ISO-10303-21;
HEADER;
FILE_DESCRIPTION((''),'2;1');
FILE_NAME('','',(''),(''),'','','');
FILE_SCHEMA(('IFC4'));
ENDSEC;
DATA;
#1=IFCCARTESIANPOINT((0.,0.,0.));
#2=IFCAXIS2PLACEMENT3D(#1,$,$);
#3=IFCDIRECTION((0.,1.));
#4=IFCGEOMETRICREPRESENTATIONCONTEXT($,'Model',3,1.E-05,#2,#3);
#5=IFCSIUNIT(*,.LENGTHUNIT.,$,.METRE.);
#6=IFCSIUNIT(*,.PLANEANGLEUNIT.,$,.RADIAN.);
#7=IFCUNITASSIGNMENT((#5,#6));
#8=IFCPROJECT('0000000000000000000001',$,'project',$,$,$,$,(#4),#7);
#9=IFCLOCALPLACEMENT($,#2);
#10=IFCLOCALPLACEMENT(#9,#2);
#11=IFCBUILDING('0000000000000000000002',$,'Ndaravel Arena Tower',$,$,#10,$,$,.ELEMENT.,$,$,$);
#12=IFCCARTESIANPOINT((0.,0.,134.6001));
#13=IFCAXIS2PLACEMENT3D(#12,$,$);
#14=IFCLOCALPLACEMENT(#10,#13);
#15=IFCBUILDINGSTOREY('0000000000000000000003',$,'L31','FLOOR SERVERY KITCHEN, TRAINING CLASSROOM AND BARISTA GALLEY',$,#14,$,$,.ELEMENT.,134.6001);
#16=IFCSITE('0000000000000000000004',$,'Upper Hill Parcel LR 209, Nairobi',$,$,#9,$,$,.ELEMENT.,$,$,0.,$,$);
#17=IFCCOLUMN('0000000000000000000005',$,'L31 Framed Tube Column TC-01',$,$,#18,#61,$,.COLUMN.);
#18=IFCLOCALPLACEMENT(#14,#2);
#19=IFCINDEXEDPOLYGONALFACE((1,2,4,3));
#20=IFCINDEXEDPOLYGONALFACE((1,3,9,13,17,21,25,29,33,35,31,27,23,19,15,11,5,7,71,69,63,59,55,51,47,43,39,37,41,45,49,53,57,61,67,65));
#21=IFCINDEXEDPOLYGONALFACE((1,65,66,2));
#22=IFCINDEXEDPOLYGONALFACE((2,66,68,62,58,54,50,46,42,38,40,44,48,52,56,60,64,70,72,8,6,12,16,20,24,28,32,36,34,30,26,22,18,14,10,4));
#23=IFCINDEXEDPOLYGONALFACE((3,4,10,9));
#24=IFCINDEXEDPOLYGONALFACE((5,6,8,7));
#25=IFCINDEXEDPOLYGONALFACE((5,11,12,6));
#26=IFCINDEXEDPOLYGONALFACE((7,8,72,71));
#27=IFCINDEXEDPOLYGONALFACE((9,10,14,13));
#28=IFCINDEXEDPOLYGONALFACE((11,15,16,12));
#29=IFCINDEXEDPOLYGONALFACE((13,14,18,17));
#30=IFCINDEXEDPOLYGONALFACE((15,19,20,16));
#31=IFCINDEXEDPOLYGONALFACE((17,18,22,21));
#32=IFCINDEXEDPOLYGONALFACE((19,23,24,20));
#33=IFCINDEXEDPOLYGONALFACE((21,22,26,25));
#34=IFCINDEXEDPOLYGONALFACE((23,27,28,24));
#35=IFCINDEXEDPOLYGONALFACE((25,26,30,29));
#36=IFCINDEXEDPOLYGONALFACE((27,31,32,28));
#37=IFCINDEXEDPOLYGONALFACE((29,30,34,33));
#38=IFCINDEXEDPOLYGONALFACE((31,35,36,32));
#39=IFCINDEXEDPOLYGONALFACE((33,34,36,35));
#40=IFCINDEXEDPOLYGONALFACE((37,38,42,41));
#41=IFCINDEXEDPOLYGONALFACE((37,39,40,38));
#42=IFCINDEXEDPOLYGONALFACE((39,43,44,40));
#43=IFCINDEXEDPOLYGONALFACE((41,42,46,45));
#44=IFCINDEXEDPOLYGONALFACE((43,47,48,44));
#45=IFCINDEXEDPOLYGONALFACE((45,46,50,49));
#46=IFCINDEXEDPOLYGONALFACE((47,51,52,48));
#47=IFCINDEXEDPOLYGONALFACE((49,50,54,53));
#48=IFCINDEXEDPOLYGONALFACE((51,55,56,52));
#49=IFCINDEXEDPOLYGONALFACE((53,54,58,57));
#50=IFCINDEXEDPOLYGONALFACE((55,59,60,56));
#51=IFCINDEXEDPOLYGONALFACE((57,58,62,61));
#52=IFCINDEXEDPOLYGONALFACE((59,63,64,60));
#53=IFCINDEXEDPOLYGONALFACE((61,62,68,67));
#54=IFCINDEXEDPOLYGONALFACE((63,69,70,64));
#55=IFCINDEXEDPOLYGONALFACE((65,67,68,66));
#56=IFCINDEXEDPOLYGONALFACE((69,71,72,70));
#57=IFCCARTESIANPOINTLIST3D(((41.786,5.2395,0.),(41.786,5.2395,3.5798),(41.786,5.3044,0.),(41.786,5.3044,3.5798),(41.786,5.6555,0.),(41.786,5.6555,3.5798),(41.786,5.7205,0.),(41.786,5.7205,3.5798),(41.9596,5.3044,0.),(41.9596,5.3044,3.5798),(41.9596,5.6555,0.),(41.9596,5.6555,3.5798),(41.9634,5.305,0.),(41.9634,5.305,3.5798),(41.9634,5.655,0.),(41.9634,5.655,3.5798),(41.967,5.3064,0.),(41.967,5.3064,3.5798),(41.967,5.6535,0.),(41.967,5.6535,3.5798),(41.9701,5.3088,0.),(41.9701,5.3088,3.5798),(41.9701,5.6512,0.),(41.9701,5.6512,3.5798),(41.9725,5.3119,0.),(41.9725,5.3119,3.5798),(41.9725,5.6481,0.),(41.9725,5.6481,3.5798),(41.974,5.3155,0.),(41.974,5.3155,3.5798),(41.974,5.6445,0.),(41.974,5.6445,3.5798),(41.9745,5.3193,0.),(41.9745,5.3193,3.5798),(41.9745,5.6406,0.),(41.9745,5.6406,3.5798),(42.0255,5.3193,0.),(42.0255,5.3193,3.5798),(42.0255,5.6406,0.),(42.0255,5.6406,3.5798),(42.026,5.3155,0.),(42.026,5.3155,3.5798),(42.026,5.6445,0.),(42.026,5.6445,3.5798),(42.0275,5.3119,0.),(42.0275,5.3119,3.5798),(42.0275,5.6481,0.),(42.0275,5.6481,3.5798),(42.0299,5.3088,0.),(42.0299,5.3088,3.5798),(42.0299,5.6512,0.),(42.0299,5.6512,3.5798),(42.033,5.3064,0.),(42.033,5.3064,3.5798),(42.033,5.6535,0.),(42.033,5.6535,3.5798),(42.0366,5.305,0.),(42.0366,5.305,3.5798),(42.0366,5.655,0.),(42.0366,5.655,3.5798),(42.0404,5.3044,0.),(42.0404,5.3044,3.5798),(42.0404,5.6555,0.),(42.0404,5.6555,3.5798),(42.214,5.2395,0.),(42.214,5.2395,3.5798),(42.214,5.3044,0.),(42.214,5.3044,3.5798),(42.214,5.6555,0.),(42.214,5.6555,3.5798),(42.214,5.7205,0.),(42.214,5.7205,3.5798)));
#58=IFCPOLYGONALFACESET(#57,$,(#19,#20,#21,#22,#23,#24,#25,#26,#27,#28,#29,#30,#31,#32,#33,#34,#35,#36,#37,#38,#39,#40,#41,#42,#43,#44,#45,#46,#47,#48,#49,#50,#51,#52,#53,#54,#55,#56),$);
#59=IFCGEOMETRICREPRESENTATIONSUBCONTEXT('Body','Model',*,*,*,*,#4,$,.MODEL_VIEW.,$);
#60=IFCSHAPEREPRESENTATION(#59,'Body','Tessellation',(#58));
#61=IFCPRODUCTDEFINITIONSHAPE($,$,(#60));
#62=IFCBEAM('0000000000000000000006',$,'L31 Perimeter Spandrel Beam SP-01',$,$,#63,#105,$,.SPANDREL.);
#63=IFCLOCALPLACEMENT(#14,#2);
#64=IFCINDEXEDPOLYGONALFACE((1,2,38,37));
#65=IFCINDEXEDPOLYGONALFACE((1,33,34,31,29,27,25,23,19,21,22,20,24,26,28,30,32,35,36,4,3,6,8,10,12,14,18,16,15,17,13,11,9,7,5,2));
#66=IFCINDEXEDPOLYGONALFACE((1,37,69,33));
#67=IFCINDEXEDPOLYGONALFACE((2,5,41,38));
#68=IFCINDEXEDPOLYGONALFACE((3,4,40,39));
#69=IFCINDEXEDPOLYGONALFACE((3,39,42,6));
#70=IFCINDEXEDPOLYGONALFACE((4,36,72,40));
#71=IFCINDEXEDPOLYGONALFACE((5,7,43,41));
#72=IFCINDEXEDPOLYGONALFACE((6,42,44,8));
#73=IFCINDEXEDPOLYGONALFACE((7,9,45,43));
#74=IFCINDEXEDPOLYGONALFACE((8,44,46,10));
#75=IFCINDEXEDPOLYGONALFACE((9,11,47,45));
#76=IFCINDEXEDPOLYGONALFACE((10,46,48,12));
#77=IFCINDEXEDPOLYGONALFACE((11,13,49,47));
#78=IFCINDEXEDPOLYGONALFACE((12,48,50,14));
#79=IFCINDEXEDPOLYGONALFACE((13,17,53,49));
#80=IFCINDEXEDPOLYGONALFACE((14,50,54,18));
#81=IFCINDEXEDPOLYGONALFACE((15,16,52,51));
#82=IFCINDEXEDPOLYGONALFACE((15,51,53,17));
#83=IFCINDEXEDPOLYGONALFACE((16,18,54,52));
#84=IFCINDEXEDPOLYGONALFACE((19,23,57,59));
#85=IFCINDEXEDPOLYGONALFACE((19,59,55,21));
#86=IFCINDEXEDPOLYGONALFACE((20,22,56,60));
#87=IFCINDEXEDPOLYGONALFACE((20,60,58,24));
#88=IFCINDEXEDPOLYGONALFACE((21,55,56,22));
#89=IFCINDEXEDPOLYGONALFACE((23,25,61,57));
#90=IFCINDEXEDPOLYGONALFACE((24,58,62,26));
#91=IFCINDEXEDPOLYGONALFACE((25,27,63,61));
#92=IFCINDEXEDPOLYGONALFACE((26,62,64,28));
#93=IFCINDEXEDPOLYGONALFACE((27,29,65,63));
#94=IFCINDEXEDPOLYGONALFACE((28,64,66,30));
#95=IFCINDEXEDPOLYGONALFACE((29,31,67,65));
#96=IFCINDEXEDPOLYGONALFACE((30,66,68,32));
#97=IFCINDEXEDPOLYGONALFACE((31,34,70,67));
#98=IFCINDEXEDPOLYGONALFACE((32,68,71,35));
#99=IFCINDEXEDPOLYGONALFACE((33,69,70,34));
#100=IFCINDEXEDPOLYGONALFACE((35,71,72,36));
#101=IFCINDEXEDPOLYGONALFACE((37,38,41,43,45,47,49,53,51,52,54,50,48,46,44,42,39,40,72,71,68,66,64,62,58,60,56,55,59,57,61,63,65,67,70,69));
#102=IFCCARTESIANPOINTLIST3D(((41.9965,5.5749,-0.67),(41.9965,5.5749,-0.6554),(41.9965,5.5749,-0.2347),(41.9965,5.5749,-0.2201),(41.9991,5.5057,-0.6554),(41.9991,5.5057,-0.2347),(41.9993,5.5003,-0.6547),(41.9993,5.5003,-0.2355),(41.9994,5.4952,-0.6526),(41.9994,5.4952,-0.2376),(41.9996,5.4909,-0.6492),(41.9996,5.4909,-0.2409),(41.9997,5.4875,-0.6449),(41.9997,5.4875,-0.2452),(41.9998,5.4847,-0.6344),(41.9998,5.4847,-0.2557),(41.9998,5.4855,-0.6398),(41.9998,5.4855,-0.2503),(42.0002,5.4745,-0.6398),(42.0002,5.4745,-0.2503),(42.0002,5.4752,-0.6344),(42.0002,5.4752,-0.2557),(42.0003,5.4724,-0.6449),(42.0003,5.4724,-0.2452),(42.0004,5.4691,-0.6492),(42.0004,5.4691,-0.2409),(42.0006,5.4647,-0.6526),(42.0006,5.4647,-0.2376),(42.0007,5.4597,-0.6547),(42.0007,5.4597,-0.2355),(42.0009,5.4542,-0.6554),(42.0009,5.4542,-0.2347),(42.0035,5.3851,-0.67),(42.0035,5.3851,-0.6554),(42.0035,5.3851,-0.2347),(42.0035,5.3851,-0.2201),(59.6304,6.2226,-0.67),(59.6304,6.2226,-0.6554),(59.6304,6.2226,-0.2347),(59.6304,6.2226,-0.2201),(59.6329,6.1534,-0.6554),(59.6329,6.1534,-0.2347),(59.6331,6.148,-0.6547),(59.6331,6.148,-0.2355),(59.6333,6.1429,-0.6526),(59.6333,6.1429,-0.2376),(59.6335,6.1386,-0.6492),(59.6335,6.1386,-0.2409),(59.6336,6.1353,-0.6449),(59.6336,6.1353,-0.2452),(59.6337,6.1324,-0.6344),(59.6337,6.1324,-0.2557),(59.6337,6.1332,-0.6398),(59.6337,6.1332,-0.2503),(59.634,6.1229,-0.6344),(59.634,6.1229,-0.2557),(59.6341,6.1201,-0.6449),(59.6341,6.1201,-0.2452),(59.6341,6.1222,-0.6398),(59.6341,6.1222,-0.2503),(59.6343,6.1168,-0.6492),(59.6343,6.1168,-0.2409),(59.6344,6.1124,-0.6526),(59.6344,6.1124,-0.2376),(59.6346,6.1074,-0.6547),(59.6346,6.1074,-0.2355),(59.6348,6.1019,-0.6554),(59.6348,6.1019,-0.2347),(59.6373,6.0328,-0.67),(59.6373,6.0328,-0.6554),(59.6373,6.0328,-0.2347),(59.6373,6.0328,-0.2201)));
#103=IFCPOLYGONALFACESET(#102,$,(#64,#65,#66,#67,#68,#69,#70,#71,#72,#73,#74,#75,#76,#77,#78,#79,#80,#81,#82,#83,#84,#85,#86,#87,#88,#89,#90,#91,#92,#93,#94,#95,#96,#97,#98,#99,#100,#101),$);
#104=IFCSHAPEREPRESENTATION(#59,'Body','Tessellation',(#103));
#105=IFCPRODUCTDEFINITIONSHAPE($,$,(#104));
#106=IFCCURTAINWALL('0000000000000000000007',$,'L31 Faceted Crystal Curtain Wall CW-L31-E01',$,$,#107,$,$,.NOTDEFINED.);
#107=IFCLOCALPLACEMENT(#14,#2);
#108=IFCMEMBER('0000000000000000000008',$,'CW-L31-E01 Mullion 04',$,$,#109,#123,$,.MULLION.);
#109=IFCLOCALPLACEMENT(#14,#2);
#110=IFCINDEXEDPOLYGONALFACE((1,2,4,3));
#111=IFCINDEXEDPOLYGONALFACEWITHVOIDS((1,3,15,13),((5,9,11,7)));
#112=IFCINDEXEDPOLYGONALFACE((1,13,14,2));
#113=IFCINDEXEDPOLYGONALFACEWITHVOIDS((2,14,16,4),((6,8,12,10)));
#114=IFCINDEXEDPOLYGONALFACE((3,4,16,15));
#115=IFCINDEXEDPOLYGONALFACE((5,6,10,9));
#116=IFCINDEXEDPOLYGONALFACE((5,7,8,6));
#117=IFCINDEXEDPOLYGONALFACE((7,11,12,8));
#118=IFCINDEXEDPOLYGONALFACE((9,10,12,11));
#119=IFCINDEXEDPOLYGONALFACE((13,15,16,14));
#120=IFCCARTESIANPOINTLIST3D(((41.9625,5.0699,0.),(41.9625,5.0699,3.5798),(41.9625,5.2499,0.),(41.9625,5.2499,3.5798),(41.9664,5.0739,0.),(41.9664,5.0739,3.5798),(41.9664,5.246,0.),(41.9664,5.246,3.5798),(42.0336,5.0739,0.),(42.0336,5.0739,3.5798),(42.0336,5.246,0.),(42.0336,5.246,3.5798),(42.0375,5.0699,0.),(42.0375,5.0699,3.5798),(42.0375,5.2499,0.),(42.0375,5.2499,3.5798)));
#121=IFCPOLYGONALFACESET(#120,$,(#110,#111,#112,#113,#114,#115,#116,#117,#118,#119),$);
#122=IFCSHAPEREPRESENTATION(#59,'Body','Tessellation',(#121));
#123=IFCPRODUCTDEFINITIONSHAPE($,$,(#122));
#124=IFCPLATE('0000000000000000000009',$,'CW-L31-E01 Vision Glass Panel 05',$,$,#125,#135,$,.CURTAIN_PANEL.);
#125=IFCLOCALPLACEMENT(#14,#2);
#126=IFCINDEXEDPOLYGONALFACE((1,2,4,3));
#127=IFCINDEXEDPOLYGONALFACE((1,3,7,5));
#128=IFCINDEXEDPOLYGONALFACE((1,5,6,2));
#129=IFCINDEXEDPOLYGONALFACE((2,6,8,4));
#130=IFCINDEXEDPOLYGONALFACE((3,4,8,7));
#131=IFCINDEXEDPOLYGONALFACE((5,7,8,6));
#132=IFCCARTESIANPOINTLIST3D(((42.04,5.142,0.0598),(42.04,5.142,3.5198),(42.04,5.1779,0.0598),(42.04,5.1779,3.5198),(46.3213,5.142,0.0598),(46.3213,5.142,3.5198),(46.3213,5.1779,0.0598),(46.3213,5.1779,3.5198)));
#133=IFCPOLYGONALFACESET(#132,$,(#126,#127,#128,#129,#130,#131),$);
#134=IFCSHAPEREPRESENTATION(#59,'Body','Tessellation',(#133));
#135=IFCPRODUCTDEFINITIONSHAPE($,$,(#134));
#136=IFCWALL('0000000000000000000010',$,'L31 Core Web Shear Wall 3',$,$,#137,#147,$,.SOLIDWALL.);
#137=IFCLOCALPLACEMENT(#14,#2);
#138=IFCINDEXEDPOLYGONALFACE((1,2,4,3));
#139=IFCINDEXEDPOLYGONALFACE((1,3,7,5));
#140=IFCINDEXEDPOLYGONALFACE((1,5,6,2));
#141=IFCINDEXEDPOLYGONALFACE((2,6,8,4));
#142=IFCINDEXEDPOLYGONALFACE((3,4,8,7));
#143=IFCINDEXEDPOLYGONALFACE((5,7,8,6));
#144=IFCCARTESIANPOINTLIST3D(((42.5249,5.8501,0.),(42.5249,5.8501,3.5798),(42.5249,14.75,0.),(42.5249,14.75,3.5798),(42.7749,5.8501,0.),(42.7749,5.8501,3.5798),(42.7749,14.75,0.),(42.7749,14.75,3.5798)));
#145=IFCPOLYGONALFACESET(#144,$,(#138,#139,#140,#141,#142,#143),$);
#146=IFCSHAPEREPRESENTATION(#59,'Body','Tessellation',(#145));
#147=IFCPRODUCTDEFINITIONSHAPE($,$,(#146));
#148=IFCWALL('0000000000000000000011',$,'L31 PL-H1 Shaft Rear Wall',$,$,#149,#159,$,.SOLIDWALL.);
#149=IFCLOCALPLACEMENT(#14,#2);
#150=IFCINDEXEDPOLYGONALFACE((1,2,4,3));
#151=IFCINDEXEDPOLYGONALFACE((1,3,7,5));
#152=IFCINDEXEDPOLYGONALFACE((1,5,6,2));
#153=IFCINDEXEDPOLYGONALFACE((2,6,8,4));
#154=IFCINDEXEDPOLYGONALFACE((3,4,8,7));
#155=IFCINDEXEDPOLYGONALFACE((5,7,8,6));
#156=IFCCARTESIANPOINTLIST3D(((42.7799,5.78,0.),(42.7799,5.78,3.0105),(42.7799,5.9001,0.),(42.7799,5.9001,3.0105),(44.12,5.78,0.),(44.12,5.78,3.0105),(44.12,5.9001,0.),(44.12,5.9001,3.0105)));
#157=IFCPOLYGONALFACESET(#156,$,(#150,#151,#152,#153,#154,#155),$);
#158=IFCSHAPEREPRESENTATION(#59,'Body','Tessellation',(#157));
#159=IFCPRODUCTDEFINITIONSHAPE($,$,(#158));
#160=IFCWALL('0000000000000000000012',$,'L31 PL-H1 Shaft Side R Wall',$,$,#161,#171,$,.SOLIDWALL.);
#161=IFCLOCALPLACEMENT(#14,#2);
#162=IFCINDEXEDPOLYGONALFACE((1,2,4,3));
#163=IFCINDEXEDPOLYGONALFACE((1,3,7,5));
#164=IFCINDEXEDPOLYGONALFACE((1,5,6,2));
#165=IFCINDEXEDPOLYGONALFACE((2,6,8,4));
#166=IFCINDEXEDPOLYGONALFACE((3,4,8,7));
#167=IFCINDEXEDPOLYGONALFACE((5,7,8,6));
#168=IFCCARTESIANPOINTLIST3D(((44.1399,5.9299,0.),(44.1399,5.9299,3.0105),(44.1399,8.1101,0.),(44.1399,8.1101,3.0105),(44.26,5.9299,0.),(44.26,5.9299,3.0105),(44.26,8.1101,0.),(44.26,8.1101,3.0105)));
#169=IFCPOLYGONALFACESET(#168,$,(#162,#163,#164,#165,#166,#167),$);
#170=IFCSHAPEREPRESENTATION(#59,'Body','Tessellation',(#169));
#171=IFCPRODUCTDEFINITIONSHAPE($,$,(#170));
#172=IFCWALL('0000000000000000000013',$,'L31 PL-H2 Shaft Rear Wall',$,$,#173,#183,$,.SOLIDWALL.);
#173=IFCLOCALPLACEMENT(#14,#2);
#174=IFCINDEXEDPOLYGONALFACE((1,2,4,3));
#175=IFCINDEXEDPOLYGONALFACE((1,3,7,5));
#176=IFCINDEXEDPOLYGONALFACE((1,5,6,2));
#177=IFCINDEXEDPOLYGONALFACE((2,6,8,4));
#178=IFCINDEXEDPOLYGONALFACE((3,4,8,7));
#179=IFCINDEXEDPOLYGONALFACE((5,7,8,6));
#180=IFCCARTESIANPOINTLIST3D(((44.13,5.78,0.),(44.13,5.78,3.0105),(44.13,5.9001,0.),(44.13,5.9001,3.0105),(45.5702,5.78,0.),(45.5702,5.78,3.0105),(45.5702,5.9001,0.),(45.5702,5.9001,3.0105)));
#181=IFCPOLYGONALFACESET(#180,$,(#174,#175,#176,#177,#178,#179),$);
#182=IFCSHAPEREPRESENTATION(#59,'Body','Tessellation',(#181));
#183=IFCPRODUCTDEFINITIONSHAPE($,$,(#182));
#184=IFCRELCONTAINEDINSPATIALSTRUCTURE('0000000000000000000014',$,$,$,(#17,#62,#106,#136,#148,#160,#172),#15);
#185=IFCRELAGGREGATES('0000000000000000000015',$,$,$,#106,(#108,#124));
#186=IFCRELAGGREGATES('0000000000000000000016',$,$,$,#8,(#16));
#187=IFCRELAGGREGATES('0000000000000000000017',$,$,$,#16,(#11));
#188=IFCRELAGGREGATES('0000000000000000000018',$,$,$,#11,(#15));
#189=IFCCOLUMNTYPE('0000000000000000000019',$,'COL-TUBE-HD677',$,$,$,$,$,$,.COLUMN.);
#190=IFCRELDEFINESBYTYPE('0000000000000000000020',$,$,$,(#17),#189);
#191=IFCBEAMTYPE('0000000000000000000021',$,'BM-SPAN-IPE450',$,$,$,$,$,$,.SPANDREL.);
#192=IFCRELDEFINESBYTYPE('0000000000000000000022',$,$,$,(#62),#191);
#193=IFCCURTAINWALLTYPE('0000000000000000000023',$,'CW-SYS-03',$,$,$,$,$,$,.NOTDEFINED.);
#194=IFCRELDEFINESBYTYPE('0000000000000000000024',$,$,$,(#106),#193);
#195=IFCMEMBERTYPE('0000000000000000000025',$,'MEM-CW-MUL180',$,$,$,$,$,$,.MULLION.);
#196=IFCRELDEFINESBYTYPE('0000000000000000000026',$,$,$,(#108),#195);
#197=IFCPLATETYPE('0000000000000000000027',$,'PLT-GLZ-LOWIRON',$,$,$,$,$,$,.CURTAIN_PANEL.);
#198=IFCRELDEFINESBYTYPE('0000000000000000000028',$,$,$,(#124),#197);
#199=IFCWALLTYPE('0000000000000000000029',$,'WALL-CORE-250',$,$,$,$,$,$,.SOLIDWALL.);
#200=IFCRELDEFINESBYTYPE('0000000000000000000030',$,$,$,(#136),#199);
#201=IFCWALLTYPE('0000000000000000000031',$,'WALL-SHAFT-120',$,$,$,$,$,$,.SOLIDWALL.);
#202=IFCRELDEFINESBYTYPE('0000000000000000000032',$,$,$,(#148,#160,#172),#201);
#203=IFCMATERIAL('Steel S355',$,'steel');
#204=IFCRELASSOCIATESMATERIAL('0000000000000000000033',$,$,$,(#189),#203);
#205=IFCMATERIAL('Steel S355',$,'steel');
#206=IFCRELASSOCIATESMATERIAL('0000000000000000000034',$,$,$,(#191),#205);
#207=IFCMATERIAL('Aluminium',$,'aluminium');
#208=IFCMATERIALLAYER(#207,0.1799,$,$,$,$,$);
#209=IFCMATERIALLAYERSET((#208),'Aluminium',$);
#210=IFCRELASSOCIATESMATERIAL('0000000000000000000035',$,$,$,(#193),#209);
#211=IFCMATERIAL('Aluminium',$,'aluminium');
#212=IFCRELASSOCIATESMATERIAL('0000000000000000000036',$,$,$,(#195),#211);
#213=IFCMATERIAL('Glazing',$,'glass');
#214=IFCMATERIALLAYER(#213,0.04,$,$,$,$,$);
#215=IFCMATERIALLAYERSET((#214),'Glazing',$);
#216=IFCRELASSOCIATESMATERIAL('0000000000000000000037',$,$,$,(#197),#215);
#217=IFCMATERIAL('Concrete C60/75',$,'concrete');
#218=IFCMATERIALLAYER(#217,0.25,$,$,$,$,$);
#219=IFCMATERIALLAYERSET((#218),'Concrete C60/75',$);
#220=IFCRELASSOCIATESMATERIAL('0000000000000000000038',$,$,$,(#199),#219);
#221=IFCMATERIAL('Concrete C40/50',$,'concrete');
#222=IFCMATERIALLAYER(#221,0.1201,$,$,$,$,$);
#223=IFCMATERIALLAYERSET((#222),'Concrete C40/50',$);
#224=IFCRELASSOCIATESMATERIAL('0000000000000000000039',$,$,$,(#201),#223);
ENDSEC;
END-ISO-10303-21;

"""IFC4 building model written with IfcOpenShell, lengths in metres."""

from ifc_helpers import new_model, si_unit, direction, frame, frame_2d, origin, origin_2d, place, context, subcontext, project, spatial, rectangle, hollow_rectangle, i_section, extrude, material, layer, layer_set, material_profile, profile_set, type_object, element, aggregate, save


model = new_model("IFC4")

# Units and contexts
model_context = context("Model", 3, precision=1e-05, world=origin(), true_north=direction((0.0, 1.0)))
body_context = subcontext(model_context, "Body", "Model", "MODEL_VIEW")
ifc_project = project(units=[si_unit("LENGTHUNIT", "METRE"), si_unit("PLANEANGLEUNIT", "RADIAN")], contexts=[model_context])

# Site, building, storey
site_placement = place(None, origin())
site = spatial("IfcSite", under=ifc_project, at=site_placement, Name="Upper Hill Parcel LR 209, Nairobi", CompositionType="ELEMENT", RefElevation=0.0)
building_placement = place(site_placement, origin())
building = spatial("IfcBuilding", under=site, at=building_placement, Name="Ndaravel Arena Tower", CompositionType="ELEMENT")
storey_placement = place(building_placement, frame((0.0, 0.0, 134.6001)))
storey = spatial("IfcBuildingStorey", under=building, at=storey_placement, Name="L31", Description="FLOOR SERVERY KITCHEN, TRAINING CLASSROOM AND BARISTA GALLEY", CompositionType="ELEMENT", Elevation=134.6001)

# Column
ifc_material_1 = material(Name="Steel S355", Category="steel")
ifc_material_profile_1 = material_profile(ifc_material_1, i_section(OverallWidth=0.428, OverallDepth=0.481, WebThickness=0.051, FlangeThickness=0.0649, FilletRadius=0.0149, at=origin_2d()), Name="HD 400x677")
ifc_profile_set_1 = profile_set([ifc_material_profile_1], Name="Steel S355")
column_type = type_object("IfcColumnType", Name="COL-TUBE-HD677", PredefinedType="COLUMN", material=ifc_profile_set_1)
column_placement = place(storey_placement, frame((42.0, 5.48, 0.0), z_axis=(0.0, 0.0, 1.0), x_axis=(1.0, 0.0, 0.0)))
element("IfcColumn", 1, at=column_placement, inside=storey, type_object=column_type, Name="L31 Framed Tube Column TC-01", PredefinedType="COLUMN", context=body_context, shape_type="SweptSolid", body=[
    extrude(i_section(OverallWidth=0.428, OverallDepth=0.481, WebThickness=0.051, FlangeThickness=0.0649, FilletRadius=0.0149, at=origin_2d()), origin(), (0.0, 0.0, 1.0), 3.5798),
])

# Beam
ifc_material_2 = material(Name="Steel S355", Category="steel")
ifc_material_profile_2 = material_profile(ifc_material_2, i_section(OverallWidth=0.1899, OverallDepth=0.45, WebThickness=0.0095, FlangeThickness=0.0146, FilletRadius=0.021, at=origin_2d()), Name="IPE 450")
ifc_profile_set_2 = profile_set([ifc_material_profile_2], Name="Steel S355")
beam_type = type_object("IfcBeamType", Name="BM-SPAN-IPE450", PredefinedType="SPANDREL", material=ifc_profile_set_2)
beam_placement = place(storey_placement, frame((42.0, 5.48, -0.4451), z_axis=(0.999326, 0.036706, 0.0), x_axis=(-0.036706, 0.999326, 0.0)))
element("IfcBeam", 2, at=beam_placement, inside=storey, type_object=beam_type, Name="L31 Perimeter Spandrel Beam SP-01", PredefinedType="SPANDREL", context=body_context, shape_type="SweptSolid", body=[
    extrude(i_section(OverallWidth=0.1899, OverallDepth=0.45, WebThickness=0.0095, FlangeThickness=0.0146, FilletRadius=0.021, at=origin_2d()), origin(), (0.0, 0.0, 1.0), 17.6458),
])

# Curtain wall, member, plate
ifc_material_3 = material(Name="Aluminium", Category="aluminium")
ifc_layer_1 = layer(ifc_material_3, 0.1799)
ifc_layer_set_1 = layer_set([ifc_layer_1], Name="Aluminium")
curtain_wall_type = type_object("IfcCurtainWallType", Name="CW-SYS-03", PredefinedType="NOTDEFINED", material=ifc_layer_set_1)
curtain_wall_placement = place(storey_placement, origin())
curtain_wall = element("IfcCurtainWall", 3, at=curtain_wall_placement, inside=storey, type_object=curtain_wall_type, Name="L31 Faceted Crystal Curtain Wall CW-L31-E01", PredefinedType="NOTDEFINED")
ifc_material_4 = material(Name="Aluminium", Category="aluminium")
ifc_material_profile_3 = material_profile(ifc_material_4, hollow_rectangle(XDim=0.075, YDim=0.1799, WallThickness=0.0039, at=origin_2d()), Name="CW MULLION 75x180x4")
ifc_profile_set_3 = profile_set([ifc_material_profile_3], Name="Aluminium")
member_type = type_object("IfcMemberType", Name="MEM-CW-MUL180", PredefinedType="MULLION", material=ifc_profile_set_3)
member_placement = place(storey_placement, frame((42.0, 5.1599, 0.0), z_axis=(0.0, 0.0, 1.0), x_axis=(1.0, 0.0, 0.0)))
member = element("IfcMember", 4, at=member_placement, type_object=member_type, Name="CW-L31-E01 Mullion 04", PredefinedType="MULLION", context=body_context, shape_type="SweptSolid", body=[
    extrude(hollow_rectangle(XDim=0.075, YDim=0.1799, WallThickness=0.0039, at=origin_2d()), origin(), (0.0, 0.0, 1.0), 3.5798),
])
ifc_material_5 = material(Name="Glazing", Category="glass")
ifc_layer_2 = layer(ifc_material_5, 0.04)
ifc_layer_set_2 = layer_set([ifc_layer_2], Name="Glazing")
plate_type = type_object("IfcPlateType", Name="PLT-GLZ-LOWIRON", PredefinedType="CURTAIN_PANEL", material=ifc_layer_set_2)
plate_placement = place(storey_placement, frame((44.1807, 5.1599, 0.0598), z_axis=(0.0, 0.0, 1.0), x_axis=(1.0, 0.0, 0.0)))
plate = element("IfcPlate", 5, at=plate_placement, type_object=plate_type, Name="CW-L31-E01 Vision Glass Panel 05", PredefinedType="CURTAIN_PANEL", context=body_context, shape_type="SweptSolid", body=[
    extrude(rectangle(XDim=4.2812, YDim=0.0359, at=origin_2d()), origin(), (0.0, 0.0, 1.0), 3.46),
])
aggregate(curtain_wall, [member, plate])

# Walls
ifc_material_6 = material(Name="Concrete C60/75", Category="concrete")
ifc_layer_3 = layer(ifc_material_6, 0.25)
ifc_layer_set_3 = layer_set([ifc_layer_3], Name="Concrete C60/75")
wall_type_1 = type_object("IfcWallType", Name="WALL-CORE-250", PredefinedType="SOLIDWALL", material=ifc_layer_set_3)
wall_1_placement = place(storey_placement, frame((42.6499, 5.8501, 0.0), z_axis=(0.0, 0.0, 1.0), x_axis=(0.0, 1.0, 0.0)))
element("IfcWall", 6, at=wall_1_placement, inside=storey, type_object=wall_type_1, Name="L31 Core Web Shear Wall 3", PredefinedType="SOLIDWALL", context=body_context, shape_type="SweptSolid", body=[
    extrude(rectangle(XDim=8.8999, YDim=0.25, at=frame_2d((4.45, 0.0))), origin(), (0.0, 0.0, 1.0), 3.5798),
])
ifc_material_7 = material(Name="Concrete C40/50", Category="concrete")
ifc_layer_4 = layer(ifc_material_7, 0.1201)
ifc_layer_set_4 = layer_set([ifc_layer_4], Name="Concrete C40/50")
wall_type_2 = type_object("IfcWallType", Name="WALL-SHAFT-120", PredefinedType="SOLIDWALL", material=ifc_layer_set_4)
wall_2_placement = place(storey_placement, frame((42.78, 5.8401, 0.0), z_axis=(0.0, 0.0, 1.0), x_axis=(1.0, 0.0, 0.0)))
element("IfcWall", 7, at=wall_2_placement, inside=storey, type_object=wall_type_2, Name="L31 PL-H1 Shaft Rear Wall", PredefinedType="SOLIDWALL", context=body_context, shape_type="SweptSolid", body=[
    extrude(rectangle(XDim=1.3401, YDim=0.1201, at=frame_2d((0.6699, 0.0))), origin(), (0.0, 0.0, 1.0), 3.0105),
])
wall_3_placement = place(storey_placement, frame((44.2, 5.9299, 0.0), z_axis=(0.0, 0.0, 1.0), x_axis=(0.0, 1.0, 0.0)))
element("IfcWall", 8, at=wall_3_placement, inside=storey, type_object=wall_type_2, Name="L31 PL-H1 Shaft Side R Wall", PredefinedType="SOLIDWALL", context=body_context, shape_type="SweptSolid", body=[
    extrude(rectangle(XDim=2.1802, YDim=0.1201, at=frame_2d((1.0901, 0.0))), origin(), (0.0, 0.0, 1.0), 3.0105),
])
wall_4_placement = place(storey_placement, frame((44.1299, 5.8401, 0.0), z_axis=(0.0, 0.0, 1.0), x_axis=(1.0, 0.0, 0.0)))
element("IfcWall", 9, at=wall_4_placement, inside=storey, type_object=wall_type_2, Name="L31 PL-H2 Shaft Rear Wall", PredefinedType="SOLIDWALL", context=body_context, shape_type="SweptSolid", body=[
    extrude(rectangle(XDim=1.4402, YDim=0.1201, at=frame_2d((0.7202, 0.0))), origin(), (0.0, 0.0, 1.0), 3.0105),
])

save(model, "model.ifc")
